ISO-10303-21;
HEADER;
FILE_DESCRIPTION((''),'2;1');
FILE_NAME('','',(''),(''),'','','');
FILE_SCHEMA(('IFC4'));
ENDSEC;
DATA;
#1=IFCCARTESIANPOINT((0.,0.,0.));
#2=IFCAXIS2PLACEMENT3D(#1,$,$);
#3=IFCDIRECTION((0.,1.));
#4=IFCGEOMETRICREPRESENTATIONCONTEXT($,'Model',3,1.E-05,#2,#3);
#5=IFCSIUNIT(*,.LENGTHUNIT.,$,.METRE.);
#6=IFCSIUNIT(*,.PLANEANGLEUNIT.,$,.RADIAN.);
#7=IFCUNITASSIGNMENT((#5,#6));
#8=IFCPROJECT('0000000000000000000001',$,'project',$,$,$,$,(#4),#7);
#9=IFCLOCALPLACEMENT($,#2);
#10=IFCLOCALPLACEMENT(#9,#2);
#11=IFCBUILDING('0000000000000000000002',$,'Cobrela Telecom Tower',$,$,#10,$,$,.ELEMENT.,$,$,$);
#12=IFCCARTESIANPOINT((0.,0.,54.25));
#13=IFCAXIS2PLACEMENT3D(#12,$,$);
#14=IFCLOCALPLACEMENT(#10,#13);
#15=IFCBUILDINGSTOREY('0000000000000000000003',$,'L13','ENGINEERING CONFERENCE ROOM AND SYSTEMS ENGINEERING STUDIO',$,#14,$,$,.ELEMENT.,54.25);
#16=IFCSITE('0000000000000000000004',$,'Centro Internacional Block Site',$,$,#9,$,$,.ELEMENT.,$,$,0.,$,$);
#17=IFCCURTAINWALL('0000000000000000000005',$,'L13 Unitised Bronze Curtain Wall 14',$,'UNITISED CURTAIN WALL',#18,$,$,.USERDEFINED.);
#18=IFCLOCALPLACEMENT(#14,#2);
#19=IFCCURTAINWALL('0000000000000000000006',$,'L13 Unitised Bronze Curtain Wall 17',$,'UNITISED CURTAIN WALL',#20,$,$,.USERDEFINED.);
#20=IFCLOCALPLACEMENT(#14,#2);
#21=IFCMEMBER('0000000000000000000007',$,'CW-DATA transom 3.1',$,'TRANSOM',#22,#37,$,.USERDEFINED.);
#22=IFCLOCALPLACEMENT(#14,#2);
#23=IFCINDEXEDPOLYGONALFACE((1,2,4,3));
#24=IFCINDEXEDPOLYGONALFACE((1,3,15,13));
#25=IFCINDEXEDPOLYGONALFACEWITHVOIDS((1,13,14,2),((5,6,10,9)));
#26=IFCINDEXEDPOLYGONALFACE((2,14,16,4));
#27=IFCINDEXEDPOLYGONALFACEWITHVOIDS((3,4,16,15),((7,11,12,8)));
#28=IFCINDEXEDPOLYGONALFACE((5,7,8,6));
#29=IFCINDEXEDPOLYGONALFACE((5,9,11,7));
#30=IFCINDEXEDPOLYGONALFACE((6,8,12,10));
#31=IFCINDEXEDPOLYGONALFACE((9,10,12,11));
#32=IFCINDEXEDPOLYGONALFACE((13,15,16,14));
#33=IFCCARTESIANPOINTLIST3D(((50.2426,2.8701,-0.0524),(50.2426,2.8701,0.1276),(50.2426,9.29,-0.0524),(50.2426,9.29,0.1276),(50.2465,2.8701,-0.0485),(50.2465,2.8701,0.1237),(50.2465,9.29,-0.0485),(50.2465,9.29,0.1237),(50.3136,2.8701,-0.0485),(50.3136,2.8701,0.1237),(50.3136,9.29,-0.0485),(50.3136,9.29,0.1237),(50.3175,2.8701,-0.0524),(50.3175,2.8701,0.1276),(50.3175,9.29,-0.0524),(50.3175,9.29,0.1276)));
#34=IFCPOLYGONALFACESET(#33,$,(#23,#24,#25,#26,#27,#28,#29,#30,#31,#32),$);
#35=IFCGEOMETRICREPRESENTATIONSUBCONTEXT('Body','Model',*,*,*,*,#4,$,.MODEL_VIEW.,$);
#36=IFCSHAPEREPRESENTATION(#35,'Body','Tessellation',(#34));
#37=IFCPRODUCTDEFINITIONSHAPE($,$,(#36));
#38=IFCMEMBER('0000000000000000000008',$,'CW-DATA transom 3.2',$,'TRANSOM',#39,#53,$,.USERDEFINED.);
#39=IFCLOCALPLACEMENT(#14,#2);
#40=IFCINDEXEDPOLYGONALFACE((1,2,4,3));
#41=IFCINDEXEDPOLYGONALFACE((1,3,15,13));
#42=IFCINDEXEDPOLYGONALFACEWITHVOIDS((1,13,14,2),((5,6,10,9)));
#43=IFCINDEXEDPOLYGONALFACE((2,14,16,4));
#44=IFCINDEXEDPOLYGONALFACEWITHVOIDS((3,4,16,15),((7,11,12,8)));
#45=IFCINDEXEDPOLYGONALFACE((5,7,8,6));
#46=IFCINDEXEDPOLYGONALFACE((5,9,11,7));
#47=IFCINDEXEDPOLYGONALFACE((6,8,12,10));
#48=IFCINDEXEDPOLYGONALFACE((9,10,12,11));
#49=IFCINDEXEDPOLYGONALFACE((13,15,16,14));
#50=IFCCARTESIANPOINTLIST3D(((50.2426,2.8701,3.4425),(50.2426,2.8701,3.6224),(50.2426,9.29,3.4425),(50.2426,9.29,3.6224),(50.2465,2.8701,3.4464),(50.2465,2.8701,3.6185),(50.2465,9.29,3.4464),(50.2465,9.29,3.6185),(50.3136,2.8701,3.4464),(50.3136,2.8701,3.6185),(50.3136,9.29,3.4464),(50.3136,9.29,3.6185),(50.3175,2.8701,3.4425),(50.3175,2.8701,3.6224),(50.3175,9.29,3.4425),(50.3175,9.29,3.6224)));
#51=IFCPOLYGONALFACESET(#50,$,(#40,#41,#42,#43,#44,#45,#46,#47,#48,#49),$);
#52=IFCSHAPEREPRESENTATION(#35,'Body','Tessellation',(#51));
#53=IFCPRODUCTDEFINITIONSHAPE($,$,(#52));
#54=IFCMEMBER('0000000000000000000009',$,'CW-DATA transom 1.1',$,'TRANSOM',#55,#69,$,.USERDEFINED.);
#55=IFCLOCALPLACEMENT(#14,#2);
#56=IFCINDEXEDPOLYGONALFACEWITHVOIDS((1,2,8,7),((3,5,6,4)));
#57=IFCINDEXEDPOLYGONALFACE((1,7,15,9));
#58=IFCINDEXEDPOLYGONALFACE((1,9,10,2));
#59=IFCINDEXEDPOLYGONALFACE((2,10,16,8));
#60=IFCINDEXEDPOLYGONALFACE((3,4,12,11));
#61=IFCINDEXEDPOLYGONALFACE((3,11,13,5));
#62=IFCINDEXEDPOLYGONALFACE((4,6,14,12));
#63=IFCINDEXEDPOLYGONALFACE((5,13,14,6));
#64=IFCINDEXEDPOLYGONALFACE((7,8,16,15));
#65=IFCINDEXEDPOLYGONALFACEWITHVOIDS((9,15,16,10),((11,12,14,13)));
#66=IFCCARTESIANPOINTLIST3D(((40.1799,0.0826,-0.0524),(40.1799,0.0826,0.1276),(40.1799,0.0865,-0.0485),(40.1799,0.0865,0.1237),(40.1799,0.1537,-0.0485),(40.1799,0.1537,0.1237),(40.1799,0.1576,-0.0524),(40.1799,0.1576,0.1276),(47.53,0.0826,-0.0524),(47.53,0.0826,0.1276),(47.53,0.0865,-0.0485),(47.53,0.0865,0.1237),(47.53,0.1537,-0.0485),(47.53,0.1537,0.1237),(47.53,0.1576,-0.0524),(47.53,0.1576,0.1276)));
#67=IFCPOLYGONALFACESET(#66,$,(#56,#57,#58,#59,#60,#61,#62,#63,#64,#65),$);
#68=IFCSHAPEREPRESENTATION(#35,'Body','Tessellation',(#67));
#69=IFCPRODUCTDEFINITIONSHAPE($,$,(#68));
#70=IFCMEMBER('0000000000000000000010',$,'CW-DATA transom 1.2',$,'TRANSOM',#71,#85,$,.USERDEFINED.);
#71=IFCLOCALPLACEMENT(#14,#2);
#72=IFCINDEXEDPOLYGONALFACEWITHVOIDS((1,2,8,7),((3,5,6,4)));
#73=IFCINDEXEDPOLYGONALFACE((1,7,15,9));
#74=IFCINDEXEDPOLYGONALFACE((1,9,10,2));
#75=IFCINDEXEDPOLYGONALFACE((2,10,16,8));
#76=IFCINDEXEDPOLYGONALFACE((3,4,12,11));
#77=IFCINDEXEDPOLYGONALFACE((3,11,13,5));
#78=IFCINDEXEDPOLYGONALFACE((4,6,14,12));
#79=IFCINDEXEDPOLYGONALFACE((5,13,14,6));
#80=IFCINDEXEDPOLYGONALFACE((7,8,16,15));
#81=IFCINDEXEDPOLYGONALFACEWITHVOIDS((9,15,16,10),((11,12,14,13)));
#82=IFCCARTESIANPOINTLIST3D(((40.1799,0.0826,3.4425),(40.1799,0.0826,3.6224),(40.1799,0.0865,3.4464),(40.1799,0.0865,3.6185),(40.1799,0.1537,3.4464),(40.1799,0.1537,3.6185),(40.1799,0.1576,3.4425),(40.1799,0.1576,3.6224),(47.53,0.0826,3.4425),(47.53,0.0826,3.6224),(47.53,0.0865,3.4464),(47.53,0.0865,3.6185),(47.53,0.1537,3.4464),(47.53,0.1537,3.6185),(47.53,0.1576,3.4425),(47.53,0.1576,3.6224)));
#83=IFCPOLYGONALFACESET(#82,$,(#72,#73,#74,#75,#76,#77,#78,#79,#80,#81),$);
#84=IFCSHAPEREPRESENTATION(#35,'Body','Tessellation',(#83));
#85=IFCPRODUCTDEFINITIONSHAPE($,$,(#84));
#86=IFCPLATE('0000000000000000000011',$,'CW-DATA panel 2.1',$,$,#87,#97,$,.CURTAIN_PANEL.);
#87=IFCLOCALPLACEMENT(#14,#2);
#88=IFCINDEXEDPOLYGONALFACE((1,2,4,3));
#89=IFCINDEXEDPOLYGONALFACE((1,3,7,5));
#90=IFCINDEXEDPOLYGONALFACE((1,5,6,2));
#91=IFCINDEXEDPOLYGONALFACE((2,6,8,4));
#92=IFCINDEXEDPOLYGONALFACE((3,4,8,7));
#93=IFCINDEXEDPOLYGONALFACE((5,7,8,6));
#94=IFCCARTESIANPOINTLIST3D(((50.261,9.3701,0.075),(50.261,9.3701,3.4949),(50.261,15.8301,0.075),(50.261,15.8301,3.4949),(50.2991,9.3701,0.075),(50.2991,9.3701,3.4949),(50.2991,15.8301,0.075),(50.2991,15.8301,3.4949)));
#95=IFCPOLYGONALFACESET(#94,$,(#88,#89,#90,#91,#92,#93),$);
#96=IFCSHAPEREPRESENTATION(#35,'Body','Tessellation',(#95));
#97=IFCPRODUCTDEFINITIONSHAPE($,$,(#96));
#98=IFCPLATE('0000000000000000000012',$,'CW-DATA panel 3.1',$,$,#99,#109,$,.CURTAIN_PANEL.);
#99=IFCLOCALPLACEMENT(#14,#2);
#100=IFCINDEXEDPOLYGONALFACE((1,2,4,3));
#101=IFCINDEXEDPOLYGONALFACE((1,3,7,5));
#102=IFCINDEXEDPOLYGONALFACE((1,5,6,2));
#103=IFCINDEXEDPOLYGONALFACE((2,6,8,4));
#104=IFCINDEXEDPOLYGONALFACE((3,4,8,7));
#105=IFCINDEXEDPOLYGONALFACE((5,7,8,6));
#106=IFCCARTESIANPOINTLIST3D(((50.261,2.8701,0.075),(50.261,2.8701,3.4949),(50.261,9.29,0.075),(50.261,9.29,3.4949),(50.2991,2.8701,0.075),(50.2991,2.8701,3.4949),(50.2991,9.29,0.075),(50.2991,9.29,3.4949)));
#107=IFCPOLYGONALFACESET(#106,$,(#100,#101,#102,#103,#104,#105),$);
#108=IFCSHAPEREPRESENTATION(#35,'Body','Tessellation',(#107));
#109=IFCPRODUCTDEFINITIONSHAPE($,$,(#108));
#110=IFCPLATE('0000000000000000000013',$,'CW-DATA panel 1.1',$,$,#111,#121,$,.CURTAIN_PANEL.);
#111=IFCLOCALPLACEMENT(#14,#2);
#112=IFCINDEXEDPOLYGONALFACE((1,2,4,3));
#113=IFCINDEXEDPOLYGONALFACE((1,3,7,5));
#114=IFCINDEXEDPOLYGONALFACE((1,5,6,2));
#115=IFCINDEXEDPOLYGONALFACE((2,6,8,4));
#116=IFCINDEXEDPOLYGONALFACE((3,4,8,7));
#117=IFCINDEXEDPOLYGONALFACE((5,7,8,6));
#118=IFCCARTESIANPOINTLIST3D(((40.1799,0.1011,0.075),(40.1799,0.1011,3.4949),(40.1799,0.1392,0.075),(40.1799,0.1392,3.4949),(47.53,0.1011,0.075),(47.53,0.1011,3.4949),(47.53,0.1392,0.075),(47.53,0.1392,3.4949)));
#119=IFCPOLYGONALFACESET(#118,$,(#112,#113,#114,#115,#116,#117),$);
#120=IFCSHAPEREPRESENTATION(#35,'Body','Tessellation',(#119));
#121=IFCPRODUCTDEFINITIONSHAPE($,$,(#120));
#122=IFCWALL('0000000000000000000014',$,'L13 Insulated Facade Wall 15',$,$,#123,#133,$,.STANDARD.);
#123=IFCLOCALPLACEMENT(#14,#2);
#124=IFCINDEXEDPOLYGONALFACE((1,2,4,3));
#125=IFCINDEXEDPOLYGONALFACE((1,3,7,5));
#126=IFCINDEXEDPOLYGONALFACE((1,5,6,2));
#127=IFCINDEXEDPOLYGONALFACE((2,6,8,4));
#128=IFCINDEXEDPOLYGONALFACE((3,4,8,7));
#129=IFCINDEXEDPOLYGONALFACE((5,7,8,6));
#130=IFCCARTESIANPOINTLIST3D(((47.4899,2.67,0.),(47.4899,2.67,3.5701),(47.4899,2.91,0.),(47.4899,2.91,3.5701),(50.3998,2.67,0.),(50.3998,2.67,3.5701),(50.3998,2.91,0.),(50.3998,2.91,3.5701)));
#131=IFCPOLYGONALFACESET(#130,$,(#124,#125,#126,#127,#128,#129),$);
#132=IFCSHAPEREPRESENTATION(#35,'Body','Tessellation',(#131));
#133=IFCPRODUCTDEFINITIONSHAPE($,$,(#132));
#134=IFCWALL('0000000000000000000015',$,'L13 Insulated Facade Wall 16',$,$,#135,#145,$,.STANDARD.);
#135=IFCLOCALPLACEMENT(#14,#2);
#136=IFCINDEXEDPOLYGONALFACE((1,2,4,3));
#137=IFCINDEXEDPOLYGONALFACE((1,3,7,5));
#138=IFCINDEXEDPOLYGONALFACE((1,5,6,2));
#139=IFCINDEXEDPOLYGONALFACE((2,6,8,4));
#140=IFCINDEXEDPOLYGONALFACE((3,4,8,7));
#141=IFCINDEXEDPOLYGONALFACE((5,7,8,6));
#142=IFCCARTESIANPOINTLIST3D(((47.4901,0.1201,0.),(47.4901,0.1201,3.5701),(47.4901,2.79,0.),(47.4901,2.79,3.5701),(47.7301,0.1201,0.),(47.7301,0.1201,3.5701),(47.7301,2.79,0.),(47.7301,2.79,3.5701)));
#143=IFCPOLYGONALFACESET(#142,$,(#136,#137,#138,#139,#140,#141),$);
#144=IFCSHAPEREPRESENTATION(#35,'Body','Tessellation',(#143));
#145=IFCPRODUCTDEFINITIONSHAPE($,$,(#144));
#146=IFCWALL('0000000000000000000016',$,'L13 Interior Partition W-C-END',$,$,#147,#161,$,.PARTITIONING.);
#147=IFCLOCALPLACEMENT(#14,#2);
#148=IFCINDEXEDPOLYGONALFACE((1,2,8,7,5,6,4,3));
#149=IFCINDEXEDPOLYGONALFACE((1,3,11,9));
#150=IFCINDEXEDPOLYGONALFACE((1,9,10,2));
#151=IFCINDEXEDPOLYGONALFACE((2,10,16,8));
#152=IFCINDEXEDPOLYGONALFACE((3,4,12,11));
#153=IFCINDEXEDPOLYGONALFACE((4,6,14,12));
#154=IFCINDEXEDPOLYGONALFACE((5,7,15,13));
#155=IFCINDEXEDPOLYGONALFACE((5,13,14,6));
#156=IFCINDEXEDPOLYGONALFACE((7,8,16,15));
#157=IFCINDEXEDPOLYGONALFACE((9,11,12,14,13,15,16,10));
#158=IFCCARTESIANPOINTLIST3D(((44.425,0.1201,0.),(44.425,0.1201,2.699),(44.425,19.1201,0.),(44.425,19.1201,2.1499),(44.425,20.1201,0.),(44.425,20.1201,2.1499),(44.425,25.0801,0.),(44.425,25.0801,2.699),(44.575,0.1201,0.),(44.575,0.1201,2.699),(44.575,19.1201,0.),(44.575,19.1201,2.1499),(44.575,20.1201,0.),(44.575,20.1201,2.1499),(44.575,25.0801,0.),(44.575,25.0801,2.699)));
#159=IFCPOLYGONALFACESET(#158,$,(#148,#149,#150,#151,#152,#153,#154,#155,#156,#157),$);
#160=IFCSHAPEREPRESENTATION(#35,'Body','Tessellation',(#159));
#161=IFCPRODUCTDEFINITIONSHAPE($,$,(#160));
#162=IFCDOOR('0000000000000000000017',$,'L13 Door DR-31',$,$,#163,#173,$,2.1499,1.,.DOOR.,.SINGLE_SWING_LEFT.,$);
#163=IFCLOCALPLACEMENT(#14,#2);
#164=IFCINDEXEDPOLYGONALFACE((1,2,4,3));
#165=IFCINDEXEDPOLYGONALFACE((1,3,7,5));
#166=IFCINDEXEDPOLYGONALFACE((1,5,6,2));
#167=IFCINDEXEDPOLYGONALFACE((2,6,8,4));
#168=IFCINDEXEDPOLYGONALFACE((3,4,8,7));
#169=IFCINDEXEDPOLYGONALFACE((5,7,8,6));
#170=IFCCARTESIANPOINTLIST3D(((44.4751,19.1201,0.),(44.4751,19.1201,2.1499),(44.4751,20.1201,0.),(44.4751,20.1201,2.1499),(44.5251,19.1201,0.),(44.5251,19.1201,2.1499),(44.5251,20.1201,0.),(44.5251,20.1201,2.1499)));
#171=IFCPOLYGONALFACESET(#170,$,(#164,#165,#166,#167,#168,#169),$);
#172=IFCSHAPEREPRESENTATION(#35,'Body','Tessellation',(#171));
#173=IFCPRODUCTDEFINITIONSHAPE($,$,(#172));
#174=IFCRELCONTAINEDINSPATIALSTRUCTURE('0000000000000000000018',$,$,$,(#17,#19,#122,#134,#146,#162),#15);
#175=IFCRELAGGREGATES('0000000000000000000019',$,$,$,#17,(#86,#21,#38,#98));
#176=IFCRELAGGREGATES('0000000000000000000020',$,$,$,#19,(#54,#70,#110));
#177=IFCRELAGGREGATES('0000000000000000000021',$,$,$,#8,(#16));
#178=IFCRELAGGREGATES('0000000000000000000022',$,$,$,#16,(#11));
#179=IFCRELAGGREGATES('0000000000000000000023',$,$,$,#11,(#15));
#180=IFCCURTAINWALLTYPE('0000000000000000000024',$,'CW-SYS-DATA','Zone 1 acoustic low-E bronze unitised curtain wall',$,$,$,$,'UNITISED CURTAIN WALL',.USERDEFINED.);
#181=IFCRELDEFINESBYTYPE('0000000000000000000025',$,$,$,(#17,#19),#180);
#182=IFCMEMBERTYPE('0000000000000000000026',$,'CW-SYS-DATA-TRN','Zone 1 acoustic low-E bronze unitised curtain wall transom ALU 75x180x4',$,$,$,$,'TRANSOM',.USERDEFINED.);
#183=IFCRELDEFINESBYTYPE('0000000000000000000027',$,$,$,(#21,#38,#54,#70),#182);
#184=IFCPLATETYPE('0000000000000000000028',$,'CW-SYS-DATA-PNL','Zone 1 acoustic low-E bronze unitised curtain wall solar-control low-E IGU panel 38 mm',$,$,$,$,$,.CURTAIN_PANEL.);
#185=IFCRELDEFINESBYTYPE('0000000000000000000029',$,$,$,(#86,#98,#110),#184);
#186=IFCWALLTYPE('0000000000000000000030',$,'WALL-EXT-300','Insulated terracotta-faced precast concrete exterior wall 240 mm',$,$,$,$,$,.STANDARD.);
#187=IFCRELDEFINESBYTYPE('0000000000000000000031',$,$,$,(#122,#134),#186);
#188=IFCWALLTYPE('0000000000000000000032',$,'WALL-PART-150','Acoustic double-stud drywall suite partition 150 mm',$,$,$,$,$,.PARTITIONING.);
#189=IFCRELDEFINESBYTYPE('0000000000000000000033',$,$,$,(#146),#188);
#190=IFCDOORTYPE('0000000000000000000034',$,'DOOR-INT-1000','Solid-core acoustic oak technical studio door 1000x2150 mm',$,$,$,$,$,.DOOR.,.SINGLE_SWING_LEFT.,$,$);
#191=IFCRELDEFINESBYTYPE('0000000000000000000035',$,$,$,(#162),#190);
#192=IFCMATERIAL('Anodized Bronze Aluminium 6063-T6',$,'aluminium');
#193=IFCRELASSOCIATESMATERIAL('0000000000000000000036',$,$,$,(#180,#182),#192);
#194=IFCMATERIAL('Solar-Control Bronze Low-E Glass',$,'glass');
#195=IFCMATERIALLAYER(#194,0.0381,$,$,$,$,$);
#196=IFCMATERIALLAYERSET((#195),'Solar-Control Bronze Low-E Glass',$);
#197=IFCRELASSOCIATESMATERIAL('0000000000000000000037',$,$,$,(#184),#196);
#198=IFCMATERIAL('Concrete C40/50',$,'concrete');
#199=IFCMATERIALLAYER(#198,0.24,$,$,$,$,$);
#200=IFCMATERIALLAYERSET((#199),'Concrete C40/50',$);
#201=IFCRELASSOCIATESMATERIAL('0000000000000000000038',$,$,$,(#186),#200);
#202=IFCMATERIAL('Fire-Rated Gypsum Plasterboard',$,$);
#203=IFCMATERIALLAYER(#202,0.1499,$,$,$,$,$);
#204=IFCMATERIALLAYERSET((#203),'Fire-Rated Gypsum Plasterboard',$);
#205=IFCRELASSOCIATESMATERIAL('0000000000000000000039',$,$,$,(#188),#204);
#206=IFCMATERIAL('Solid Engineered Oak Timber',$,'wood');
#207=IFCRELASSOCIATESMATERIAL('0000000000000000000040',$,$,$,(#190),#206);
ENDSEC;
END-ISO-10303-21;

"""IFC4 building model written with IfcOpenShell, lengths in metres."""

from ifc_helpers import new_model, si_unit, direction, frame, frame_2d, origin, origin_2d, place, context, subcontext, project, spatial, rectangle, hollow_rectangle, extrude, material, layer, layer_set, material_profile, profile_set, type_object, element, fill, aggregate, save


model = new_model("IFC4")

# Units and contexts
model_context = context("Model", 3, precision=1e-05, world=origin(), true_north=direction((0.0, 1.0)))
body_context = subcontext(model_context, "Body", "Model", "MODEL_VIEW")
ifc_project = project(units=[si_unit("LENGTHUNIT", "METRE"), si_unit("PLANEANGLEUNIT", "RADIAN")], contexts=[model_context])

# Site, building, storey
site_placement = place(None, origin())
site = spatial("IfcSite", under=ifc_project, at=site_placement, Name="Centro Internacional Block Site", CompositionType="ELEMENT", RefElevation=0.0)
building_placement = place(site_placement, origin())
building = spatial("IfcBuilding", under=site, at=building_placement, Name="Cobrela Telecom Tower", CompositionType="ELEMENT")
storey_placement = place(building_placement, frame((0.0, 0.0, 54.25)))
storey = spatial("IfcBuildingStorey", under=building, at=storey_placement, Name="L13", Description="ENGINEERING CONFERENCE ROOM AND SYSTEMS ENGINEERING STUDIO", CompositionType="ELEMENT", Elevation=54.25)

# Curtain wall
ifc_material_1 = material(Name="Anodized Bronze Aluminium 6063-T6", Category="aluminium")
curtain_wall_type = type_object("IfcCurtainWallType", Name="CW-SYS-DATA", Description="Zone 1 acoustic low-E bronze unitised curtain wall", ElementType="UNITISED CURTAIN WALL", PredefinedType="USERDEFINED", material=ifc_material_1)
curtain_wall_1_placement = place(storey_placement, origin())
curtain_wall_1 = element("IfcCurtainWall", 1, at=curtain_wall_1_placement, inside=storey, type_object=curtain_wall_type, Name="L13 Unitised Bronze Curtain Wall 14", ObjectType="UNITISED CURTAIN WALL", PredefinedType="USERDEFINED")

# Curtain wall
curtain_wall_2_placement = place(storey_placement, origin())
curtain_wall_2 = element("IfcCurtainWall", 2, at=curtain_wall_2_placement, inside=storey, type_object=curtain_wall_type, Name="L13 Unitised Bronze Curtain Wall 17", ObjectType="UNITISED CURTAIN WALL", PredefinedType="USERDEFINED")

# Members
ifc_material_profile_1 = material_profile(ifc_material_1, hollow_rectangle(XDim=0.075, YDim=0.1799, WallThickness=0.0039, at=origin_2d()), Name="ALU 75x180x4")
ifc_profile_set_1 = profile_set([ifc_material_profile_1], Name="Anodized Bronze Aluminium 6063-T6")
member_type_1 = type_object("IfcMemberType", Name="CW-SYS-DATA-TRN", Description="Zone 1 acoustic low-E bronze unitised curtain wall transom ALU 75x180x4", ElementType="TRANSOM", PredefinedType="USERDEFINED", material=ifc_profile_set_1)
member_1_placement = place(storey_placement, frame((50.28, 9.29, 0.0376), z_axis=(0.0, -1.0, 0.0), x_axis=(1.0, 0.0, 0.0)))
member_1 = element("IfcMember", 3, at=member_1_placement, type_object=member_type_1, Name="CW-DATA transom 3.1", ObjectType="TRANSOM", PredefinedType="USERDEFINED", context=body_context, shape_type="SweptSolid", body=[
    extrude(hollow_rectangle(XDim=0.075, YDim=0.1799, WallThickness=0.0039, at=origin_2d()), origin(), (0.0, 0.0, 1.0), 6.4199),
])
member_2_placement = place(storey_placement, frame((50.28, 9.29, 3.5325), z_axis=(0.0, -1.0, 0.0), x_axis=(1.0, 0.0, 0.0)))
member_2 = element("IfcMember", 4, at=member_2_placement, type_object=member_type_1, Name="CW-DATA transom 3.2", ObjectType="TRANSOM", PredefinedType="USERDEFINED", context=body_context, shape_type="SweptSolid", body=[
    extrude(hollow_rectangle(XDim=0.075, YDim=0.1799, WallThickness=0.0039, at=origin_2d()), origin(), (0.0, 0.0, 1.0), 6.4199),
])
member_3_placement = place(storey_placement, frame((47.53, 0.1201, 0.0376), z_axis=(-1.0, 0.0, 0.0), x_axis=(0.0, -1.0, 0.0)))
member_3 = element("IfcMember", 5, at=member_3_placement, type_object=member_type_1, Name="CW-DATA transom 1.1", ObjectType="TRANSOM", PredefinedType="USERDEFINED", context=body_context, shape_type="SweptSolid", body=[
    extrude(hollow_rectangle(XDim=0.075, YDim=0.1799, WallThickness=0.0039, at=origin_2d()), origin(), (0.0, 0.0, 1.0), 7.3501),
])
member_4_placement = place(storey_placement, frame((47.53, 0.1201, 3.5325), z_axis=(-1.0, 0.0, 0.0), x_axis=(0.0, -1.0, 0.0)))
member_4 = element("IfcMember", 6, at=member_4_placement, type_object=member_type_1, Name="CW-DATA transom 1.2", ObjectType="TRANSOM", PredefinedType="USERDEFINED", context=body_context, shape_type="SweptSolid", body=[
    extrude(hollow_rectangle(XDim=0.075, YDim=0.1799, WallThickness=0.0039, at=origin_2d()), origin(), (0.0, 0.0, 1.0), 7.3501),
])

# Plates
ifc_material_2 = material(Name="Solar-Control Bronze Low-E Glass", Category="glass")
ifc_layer_1 = layer(ifc_material_2, 0.0381)
ifc_layer_set_1 = layer_set([ifc_layer_1], Name="Solar-Control Bronze Low-E Glass")
plate_type = type_object("IfcPlateType", Name="CW-SYS-DATA-PNL", Description="Zone 1 acoustic low-E bronze unitised curtain wall solar-control low-E IGU panel 38 mm", PredefinedType="CURTAIN_PANEL", material=ifc_layer_set_1)
plate_1_placement = place(storey_placement, frame((50.28, 12.6001, 0.075), z_axis=(0.0, 0.0, 1.0), x_axis=(0.0, -1.0, 0.0)))
plate_1 = element("IfcPlate", 7, at=plate_1_placement, type_object=plate_type, Name="CW-DATA panel 2.1", PredefinedType="CURTAIN_PANEL", context=body_context, shape_type="SweptSolid", body=[
    extrude(rectangle(XDim=6.46, YDim=0.0381, at=origin_2d()), origin(), (0.0, 0.0, 1.0), 3.4199),
])
plate_2_placement = place(storey_placement, frame((50.28, 6.0801, 0.075), z_axis=(0.0, 0.0, 1.0), x_axis=(0.0, -1.0, 0.0)))
plate_2 = element("IfcPlate", 8, at=plate_2_placement, type_object=plate_type, Name="CW-DATA panel 3.1", PredefinedType="CURTAIN_PANEL", context=body_context, shape_type="SweptSolid", body=[
    extrude(rectangle(XDim=6.4199, YDim=0.0381, at=origin_2d()), origin(), (0.0, 0.0, 1.0), 3.4199),
])
aggregate(curtain_wall_1, [plate_1, member_1, member_2, plate_2])
plate_3_placement = place(storey_placement, frame((43.855, 0.1201, 0.075), z_axis=(0.0, 0.0, 1.0), x_axis=(-1.0, 0.0, 0.0)))
plate_3 = element("IfcPlate", 9, at=plate_3_placement, type_object=plate_type, Name="CW-DATA panel 1.1", PredefinedType="CURTAIN_PANEL", context=body_context, shape_type="SweptSolid", body=[
    extrude(rectangle(XDim=7.3501, YDim=0.0381, at=origin_2d()), origin(), (0.0, 0.0, 1.0), 3.4199),
])
aggregate(curtain_wall_2, [member_3, member_4, plate_3])

# Walls
ifc_material_3 = material(Name="Concrete C40/50", Category="concrete")
ifc_layer_2 = layer(ifc_material_3, 0.24)
ifc_layer_set_2 = layer_set([ifc_layer_2], Name="Concrete C40/50")
wall_type_1 = type_object("IfcWallType", Name="WALL-EXT-300", Description="Insulated terracotta-faced precast concrete exterior wall 240 mm", PredefinedType="STANDARD", material=ifc_layer_set_2)
wall_1_placement = place(storey_placement, frame((50.3999, 2.79, 0.0), z_axis=(0.0, 0.0, 1.0), x_axis=(-1.0, 0.0, 0.0)))
element("IfcWall", 10, at=wall_1_placement, inside=storey, type_object=wall_type_1, Name="L13 Insulated Facade Wall 15", PredefinedType="STANDARD", context=body_context, shape_type="SweptSolid", body=[
    extrude(rectangle(XDim=2.9099, YDim=0.24, at=frame_2d((1.4551, 0.0))), origin(), (0.0, 0.0, 1.0), 3.5701),
])
wall_2_placement = place(storey_placement, frame((47.6101, 2.79, 0.0), z_axis=(0.0, 0.0, 1.0), x_axis=(0.0, -1.0, 0.0)))
element("IfcWall", 11, at=wall_2_placement, inside=storey, type_object=wall_type_1, Name="L13 Insulated Facade Wall 16", PredefinedType="STANDARD", context=body_context, shape_type="SweptSolid", body=[
    extrude(rectangle(XDim=2.6699, YDim=0.24, at=frame_2d((1.335, 0.0))), origin(), (0.0, 0.0, 1.0), 3.5701),
])

# Wall, opening, door
ifc_material_4 = material(Name="Fire-Rated Gypsum Plasterboard")
ifc_layer_3 = layer(ifc_material_4, 0.1499)
ifc_layer_set_3 = layer_set([ifc_layer_3], Name="Fire-Rated Gypsum Plasterboard")
wall_type_2 = type_object("IfcWallType", Name="WALL-PART-150", Description="Acoustic double-stud drywall suite partition 150 mm", PredefinedType="PARTITIONING", material=ifc_layer_set_3)
wall_3_placement = place(storey_placement, frame((44.5, 0.1201, 0.0), z_axis=(0.0, 0.0, 1.0), x_axis=(0.0, 1.0, 0.0)))
wall_3 = element("IfcWall", 12, at=wall_3_placement, inside=storey, type_object=wall_type_2, Name="L13 Interior Partition W-C-END", PredefinedType="PARTITIONING", context=body_context, shape_type="SweptSolid", body=[
    extrude(rectangle(XDim=24.96, YDim=0.1499, at=frame_2d((12.48, 0.0))), origin(), (0.0, 0.0, 1.0), 2.699),
])
opening_placement = place(wall_3_placement, frame((19.0, 0.0, 0.0)))
opening = element("IfcOpeningElement", 13, at=opening_placement, cuts=wall_3, PredefinedType="OPENING", context=body_context, shape_type="SweptSolid", body=[
    extrude(rectangle(XDim=1.0, YDim=2.1499, at=frame_2d((0.5, 1.075))), frame((0.0, 0.0869, 0.0), z_axis=(0.0, -1.0, 0.0), x_axis=(1.0, 0.0, 0.0)), (0.0, 0.0, 1.0), 0.1738),
])
ifc_material_5 = material(Name="Solid Engineered Oak Timber", Category="wood")
door_type = type_object("IfcDoorType", Name="DOOR-INT-1000", Description="Solid-core acoustic oak technical studio door 1000x2150 mm", OperationType="SINGLE_SWING_LEFT", PredefinedType="DOOR", material=ifc_material_5)
door_placement = place(opening_placement, origin())
door = element("IfcDoor", 14, at=door_placement, inside=storey, type_object=door_type, Name="L13 Door DR-31", OperationType="SINGLE_SWING_LEFT", OverallHeight=2.1499, OverallWidth=1.0, PredefinedType="DOOR", context=body_context, shape_type="SweptSolid", body=[
    extrude(rectangle(XDim=1.0, YDim=2.1499, at=frame_2d((0.5, 1.075))), frame((0.0, 0.0249, 0.0), z_axis=(0.0, -1.0, 0.0), x_axis=(1.0, 0.0, 0.0)), (0.0, 0.0, 1.0), 0.05),
])
fill(opening, door)

save(model, "model.ifc")
